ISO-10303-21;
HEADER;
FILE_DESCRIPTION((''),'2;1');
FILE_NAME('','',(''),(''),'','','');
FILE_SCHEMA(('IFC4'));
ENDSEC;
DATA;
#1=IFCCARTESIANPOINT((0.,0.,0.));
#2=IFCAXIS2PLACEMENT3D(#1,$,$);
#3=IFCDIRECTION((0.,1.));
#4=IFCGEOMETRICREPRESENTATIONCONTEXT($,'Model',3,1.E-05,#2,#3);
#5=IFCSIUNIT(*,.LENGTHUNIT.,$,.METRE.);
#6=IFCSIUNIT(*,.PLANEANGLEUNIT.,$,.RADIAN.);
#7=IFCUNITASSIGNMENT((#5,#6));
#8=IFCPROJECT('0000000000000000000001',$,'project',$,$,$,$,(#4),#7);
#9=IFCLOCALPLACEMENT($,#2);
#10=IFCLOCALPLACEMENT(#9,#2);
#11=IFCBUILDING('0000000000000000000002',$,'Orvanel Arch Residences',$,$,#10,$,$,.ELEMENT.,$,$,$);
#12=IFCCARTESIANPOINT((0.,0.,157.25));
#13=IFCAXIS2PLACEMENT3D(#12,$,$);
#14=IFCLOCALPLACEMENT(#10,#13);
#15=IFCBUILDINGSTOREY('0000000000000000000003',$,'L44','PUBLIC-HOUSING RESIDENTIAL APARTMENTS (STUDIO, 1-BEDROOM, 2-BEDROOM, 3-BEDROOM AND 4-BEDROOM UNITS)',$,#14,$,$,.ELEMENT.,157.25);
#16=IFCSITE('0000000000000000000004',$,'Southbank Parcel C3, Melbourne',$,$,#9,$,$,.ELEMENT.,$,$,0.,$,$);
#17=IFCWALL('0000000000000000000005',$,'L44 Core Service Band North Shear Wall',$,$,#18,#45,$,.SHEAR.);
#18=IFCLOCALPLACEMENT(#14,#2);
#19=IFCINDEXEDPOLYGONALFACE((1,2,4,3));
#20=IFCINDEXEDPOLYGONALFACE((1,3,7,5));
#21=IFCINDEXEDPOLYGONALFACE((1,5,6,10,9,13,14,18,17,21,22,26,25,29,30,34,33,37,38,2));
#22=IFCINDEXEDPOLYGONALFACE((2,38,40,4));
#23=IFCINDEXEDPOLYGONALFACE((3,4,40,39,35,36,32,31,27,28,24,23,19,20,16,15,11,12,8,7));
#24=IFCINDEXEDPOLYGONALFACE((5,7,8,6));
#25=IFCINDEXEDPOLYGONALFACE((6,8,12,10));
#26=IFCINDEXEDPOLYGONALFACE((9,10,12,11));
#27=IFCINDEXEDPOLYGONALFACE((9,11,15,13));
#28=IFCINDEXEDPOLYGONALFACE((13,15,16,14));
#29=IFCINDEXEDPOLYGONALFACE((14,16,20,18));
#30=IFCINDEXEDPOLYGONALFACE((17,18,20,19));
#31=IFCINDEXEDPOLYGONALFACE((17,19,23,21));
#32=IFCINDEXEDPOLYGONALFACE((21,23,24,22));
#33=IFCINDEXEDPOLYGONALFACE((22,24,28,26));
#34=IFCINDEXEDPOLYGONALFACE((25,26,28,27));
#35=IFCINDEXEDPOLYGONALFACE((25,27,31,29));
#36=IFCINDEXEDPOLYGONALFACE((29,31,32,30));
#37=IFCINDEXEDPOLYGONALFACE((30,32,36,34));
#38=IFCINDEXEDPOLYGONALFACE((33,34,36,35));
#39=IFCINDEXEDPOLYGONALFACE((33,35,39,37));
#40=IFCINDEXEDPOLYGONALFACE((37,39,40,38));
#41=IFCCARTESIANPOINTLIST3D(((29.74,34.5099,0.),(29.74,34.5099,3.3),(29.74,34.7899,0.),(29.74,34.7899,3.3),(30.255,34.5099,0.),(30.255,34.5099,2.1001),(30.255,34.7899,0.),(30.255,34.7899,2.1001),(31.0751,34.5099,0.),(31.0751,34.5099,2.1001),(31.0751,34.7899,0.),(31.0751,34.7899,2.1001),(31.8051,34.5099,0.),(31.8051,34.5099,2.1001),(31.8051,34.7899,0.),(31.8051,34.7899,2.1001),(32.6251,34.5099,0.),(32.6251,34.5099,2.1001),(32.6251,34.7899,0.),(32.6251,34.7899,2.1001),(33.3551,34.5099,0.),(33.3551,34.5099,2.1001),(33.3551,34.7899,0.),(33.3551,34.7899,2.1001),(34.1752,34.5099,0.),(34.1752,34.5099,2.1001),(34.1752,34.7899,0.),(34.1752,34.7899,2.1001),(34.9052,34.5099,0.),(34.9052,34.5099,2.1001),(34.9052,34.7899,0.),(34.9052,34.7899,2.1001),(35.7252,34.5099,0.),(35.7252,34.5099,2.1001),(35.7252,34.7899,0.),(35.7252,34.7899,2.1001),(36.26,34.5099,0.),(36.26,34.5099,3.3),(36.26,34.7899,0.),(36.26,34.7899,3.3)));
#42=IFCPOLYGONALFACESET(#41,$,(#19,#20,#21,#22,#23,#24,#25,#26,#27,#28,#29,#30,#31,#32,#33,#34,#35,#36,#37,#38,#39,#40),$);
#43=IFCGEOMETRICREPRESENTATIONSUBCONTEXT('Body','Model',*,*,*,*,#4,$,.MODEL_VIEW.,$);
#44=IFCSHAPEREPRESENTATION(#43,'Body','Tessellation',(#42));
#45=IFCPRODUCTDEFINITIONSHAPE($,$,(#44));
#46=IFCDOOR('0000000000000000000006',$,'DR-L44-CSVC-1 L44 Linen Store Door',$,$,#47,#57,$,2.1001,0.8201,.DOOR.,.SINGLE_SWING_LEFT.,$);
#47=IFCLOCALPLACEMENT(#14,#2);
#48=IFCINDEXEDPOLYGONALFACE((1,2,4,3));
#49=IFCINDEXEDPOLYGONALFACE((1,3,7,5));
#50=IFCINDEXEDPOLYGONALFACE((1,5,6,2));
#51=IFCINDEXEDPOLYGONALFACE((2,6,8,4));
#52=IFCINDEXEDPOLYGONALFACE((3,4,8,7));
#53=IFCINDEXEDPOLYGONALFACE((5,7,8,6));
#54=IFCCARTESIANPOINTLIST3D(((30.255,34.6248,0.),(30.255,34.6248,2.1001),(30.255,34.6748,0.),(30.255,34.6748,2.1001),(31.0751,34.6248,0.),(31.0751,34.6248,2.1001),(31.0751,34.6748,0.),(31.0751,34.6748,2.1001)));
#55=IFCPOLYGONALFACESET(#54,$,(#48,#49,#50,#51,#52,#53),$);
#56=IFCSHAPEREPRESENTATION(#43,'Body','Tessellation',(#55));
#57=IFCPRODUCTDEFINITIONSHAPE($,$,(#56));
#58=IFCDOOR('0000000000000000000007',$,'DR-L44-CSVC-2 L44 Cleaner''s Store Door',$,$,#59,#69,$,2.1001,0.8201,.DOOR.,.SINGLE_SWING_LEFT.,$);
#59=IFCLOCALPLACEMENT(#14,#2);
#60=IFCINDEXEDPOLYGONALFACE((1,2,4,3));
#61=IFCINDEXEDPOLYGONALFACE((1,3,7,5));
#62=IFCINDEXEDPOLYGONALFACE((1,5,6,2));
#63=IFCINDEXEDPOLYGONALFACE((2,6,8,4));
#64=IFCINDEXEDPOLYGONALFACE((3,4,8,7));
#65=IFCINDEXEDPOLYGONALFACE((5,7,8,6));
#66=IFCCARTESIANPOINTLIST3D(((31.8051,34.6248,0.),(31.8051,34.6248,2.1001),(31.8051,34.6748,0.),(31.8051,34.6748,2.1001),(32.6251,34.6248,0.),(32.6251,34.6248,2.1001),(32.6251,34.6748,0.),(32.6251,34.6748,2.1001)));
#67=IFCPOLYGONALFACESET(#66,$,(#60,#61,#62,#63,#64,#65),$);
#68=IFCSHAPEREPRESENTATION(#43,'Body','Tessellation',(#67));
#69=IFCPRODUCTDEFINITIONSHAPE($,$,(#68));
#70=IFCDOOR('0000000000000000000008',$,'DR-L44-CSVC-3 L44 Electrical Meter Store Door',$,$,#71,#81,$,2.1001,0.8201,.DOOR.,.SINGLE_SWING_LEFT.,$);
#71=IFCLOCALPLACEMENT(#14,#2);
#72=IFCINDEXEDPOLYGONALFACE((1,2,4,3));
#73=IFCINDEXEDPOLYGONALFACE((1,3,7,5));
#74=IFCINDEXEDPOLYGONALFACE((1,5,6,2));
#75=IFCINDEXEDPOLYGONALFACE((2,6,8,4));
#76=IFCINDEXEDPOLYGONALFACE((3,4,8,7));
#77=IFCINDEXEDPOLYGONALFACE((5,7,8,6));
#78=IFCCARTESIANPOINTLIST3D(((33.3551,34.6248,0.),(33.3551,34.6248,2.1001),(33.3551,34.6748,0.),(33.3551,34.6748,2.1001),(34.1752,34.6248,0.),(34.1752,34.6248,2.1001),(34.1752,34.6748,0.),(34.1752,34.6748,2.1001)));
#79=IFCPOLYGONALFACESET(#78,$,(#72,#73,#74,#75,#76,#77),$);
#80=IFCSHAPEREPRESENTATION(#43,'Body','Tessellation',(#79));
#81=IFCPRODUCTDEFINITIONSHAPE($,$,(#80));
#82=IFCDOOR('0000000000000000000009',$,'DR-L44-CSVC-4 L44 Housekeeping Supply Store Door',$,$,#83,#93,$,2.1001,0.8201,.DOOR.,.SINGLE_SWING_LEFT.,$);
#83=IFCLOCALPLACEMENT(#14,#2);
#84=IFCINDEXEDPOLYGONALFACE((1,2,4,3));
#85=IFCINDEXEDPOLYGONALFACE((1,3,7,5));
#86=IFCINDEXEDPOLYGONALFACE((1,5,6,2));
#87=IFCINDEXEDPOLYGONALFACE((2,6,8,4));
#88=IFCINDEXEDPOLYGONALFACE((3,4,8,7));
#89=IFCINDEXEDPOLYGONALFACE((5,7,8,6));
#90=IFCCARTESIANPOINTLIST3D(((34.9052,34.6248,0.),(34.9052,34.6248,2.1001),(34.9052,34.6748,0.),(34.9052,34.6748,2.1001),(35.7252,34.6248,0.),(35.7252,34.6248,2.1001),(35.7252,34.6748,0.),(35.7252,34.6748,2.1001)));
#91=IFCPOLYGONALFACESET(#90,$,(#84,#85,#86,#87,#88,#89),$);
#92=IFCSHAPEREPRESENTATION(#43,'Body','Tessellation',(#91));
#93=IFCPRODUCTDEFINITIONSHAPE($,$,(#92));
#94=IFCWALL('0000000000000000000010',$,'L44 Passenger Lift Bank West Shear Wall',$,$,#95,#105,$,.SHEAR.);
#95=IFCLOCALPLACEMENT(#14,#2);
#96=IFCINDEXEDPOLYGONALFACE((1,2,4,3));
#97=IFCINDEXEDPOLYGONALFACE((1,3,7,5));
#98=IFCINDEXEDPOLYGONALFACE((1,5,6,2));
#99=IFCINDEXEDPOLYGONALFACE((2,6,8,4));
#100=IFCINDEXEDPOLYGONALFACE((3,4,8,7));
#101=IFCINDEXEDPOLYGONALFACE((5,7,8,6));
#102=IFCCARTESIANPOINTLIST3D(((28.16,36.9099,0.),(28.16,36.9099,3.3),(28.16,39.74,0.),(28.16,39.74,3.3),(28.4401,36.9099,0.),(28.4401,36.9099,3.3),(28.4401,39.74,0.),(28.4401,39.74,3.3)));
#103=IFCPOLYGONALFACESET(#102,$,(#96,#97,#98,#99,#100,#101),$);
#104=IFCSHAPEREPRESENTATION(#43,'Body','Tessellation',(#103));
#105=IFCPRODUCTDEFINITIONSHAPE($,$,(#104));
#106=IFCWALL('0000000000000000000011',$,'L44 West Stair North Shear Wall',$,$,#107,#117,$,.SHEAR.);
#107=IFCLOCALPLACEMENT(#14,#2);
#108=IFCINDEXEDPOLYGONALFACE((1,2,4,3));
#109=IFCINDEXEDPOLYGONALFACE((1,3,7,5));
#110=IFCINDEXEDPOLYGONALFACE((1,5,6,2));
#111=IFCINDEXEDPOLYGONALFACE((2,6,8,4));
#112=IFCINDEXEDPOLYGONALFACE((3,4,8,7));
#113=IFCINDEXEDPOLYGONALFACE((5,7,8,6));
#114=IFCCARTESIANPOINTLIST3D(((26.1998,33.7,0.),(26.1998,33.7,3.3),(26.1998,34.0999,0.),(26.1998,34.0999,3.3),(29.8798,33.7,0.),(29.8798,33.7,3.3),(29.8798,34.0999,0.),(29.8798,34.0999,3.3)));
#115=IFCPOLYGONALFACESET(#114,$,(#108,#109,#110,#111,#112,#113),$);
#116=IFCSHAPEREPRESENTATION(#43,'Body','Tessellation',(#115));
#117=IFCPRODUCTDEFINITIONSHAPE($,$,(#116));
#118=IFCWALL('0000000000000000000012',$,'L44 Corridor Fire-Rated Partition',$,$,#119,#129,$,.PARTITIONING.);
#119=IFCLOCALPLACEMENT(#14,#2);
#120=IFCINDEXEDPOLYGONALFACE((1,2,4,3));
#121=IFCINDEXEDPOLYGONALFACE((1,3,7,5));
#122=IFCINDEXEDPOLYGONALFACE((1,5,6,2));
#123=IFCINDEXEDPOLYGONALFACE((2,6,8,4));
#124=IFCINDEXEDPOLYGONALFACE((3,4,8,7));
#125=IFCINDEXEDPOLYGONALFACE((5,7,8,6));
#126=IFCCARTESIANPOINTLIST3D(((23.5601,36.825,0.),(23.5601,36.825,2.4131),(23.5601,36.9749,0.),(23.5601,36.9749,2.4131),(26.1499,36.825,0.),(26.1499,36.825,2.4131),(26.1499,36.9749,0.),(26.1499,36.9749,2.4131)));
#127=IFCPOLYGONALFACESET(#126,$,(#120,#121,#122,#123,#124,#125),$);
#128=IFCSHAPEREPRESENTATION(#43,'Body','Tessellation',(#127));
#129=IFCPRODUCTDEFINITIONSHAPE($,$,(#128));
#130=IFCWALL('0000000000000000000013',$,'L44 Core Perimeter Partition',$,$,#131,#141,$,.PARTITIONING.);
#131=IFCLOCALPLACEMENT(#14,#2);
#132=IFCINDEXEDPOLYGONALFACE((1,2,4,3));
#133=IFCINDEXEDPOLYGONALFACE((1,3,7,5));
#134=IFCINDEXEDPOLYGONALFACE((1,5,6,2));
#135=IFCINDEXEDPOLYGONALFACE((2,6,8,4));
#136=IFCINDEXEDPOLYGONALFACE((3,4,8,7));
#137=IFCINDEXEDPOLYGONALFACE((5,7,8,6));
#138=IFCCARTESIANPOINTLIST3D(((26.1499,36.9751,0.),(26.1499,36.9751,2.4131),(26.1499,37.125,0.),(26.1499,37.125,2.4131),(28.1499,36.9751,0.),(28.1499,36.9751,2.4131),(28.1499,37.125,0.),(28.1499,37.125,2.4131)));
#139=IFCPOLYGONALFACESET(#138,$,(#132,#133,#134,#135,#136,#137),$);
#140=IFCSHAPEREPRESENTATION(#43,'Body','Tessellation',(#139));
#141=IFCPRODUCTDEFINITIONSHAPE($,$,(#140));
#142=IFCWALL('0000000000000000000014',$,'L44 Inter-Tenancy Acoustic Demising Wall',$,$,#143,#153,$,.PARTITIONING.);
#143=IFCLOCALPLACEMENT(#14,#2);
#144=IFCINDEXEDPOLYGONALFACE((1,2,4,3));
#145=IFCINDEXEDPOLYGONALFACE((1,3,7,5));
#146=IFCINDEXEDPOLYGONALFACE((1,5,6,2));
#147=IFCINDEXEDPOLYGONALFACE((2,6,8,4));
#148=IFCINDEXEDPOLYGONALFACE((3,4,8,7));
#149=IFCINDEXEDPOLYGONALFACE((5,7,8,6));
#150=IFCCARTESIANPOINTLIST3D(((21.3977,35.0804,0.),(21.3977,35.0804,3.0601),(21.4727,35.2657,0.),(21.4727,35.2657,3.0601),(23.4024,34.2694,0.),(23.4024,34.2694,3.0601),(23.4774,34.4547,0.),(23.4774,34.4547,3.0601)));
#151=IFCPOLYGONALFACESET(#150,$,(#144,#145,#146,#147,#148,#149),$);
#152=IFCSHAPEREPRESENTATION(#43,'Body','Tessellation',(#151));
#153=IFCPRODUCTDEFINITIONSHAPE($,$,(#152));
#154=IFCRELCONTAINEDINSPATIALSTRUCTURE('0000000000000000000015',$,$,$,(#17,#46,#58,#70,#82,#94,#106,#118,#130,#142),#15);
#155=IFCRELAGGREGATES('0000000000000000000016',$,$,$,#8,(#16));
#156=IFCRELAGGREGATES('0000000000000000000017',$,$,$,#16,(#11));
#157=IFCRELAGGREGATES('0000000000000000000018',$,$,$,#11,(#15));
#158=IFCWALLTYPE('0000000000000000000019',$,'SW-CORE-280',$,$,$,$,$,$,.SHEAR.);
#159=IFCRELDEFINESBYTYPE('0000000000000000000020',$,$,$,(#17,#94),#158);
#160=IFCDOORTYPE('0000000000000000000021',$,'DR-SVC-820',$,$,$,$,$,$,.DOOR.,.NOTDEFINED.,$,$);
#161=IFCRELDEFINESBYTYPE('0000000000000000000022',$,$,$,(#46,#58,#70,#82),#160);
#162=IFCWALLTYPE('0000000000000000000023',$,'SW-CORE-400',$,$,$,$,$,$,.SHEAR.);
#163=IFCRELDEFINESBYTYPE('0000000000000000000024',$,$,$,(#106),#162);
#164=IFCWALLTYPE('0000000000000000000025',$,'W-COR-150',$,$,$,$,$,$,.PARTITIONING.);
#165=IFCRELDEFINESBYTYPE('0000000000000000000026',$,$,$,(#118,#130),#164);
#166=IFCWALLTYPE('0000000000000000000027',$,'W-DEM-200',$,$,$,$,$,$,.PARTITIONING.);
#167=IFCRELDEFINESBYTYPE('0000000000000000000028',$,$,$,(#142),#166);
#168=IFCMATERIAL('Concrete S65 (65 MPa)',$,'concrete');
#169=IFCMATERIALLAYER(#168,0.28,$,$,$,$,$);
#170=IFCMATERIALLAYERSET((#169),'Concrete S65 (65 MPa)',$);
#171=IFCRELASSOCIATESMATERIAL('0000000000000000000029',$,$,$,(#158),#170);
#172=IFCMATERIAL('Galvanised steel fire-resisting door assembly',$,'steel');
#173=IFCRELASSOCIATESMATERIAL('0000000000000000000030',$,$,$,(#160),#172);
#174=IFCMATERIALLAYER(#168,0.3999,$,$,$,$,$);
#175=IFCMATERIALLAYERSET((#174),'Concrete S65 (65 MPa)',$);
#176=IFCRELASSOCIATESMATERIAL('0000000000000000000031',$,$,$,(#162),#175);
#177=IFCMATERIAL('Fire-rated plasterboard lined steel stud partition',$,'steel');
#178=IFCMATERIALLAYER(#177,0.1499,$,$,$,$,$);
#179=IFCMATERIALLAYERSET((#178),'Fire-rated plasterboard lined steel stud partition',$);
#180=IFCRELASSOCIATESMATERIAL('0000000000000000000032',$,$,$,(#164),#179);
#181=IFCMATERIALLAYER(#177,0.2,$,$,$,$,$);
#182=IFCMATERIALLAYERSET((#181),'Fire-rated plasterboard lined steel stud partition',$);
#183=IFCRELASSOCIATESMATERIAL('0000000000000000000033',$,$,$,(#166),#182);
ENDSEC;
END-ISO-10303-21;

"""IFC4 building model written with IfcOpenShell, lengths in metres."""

from ifc_helpers import new_model, si_unit, direction, frame, frame_2d, origin, place, context, subcontext, project, spatial, rectangle, extrude, material, layer, layer_set, type_object, element, fill, save


model = new_model("IFC4")

# Units and contexts
model_context = context("Model", 3, precision=1e-05, world=origin(), true_north=direction((0.0, 1.0)))
body_context = subcontext(model_context, "Body", "Model", "MODEL_VIEW")
ifc_project = project(units=[si_unit("LENGTHUNIT", "METRE"), si_unit("PLANEANGLEUNIT", "RADIAN")], contexts=[model_context])

# Site, building, storey
site_placement = place(None, origin())
site = spatial("IfcSite", under=ifc_project, at=site_placement, Name="Southbank Parcel C3, Melbourne", CompositionType="ELEMENT", RefElevation=0.0)
building_placement = place(site_placement, origin())
building = spatial("IfcBuilding", under=site, at=building_placement, Name="Orvanel Arch Residences", CompositionType="ELEMENT")
storey_placement = place(building_placement, frame((0.0, 0.0, 157.25)))
storey = spatial("IfcBuildingStorey", under=building, at=storey_placement, Name="L44", Description="PUBLIC-HOUSING RESIDENTIAL APARTMENTS (STUDIO, 1-BEDROOM, 2-BEDROOM, 3-BEDROOM AND 4-BEDROOM UNITS)", CompositionType="ELEMENT", Elevation=157.25)

# Shared definitions
ifc_material_1 = material(Name="Concrete S65 (65 MPa)", Category="concrete")

# Shared definitions
ifc_layer_1 = layer(ifc_material_1, 0.28)
ifc_layer_set_1 = layer_set([ifc_layer_1], Name="Concrete S65 (65 MPa)")
wall_type_1 = type_object("IfcWallType", Name="SW-CORE-280", PredefinedType="SHEAR", material=ifc_layer_set_1)

# Wall, openings, doors
wall_1_placement = place(storey_placement, frame((29.74, 34.6499, 0.0), z_axis=(0.0, 0.0, 1.0), x_axis=(1.0, 0.0, 0.0)))
wall_1 = element("IfcWall", 1, at=wall_1_placement, inside=storey, type_object=wall_type_1, Name="L44 Core Service Band North Shear Wall", PredefinedType="SHEAR", context=body_context, shape_type="SweptSolid", body=[
    extrude(rectangle(XDim=6.52, YDim=0.28, at=frame_2d((3.26, 0.0))), origin(), (0.0, 0.0, 1.0), 3.3),
])
opening_1_placement = place(wall_1_placement, frame((0.5149, 0.0, 0.0)))
opening_1 = element("IfcOpeningElement", 2, at=opening_1_placement, cuts=wall_1, PredefinedType="OPENING", context=body_context, shape_type="SweptSolid", body=[
    extrude(rectangle(XDim=0.8201, YDim=2.1001, at=frame_2d((0.4102, 1.05))), frame((0.0, 0.1499, 0.0), z_axis=(0.0, -1.0, 0.0), x_axis=(1.0, 0.0, 0.0)), (0.0, 0.0, 1.0), 0.3),
])
opening_2_placement = place(wall_1_placement, frame((2.0649, 0.0, 0.0)))
opening_2 = element("IfcOpeningElement", 3, at=opening_2_placement, cuts=wall_1, PredefinedType="OPENING", context=body_context, shape_type="SweptSolid", body=[
    extrude(rectangle(XDim=0.8201, YDim=2.1001, at=frame_2d((0.4102, 1.05))), frame((0.0, 0.1499, 0.0), z_axis=(0.0, -1.0, 0.0), x_axis=(1.0, 0.0, 0.0)), (0.0, 0.0, 1.0), 0.3),
])
opening_3_placement = place(wall_1_placement, frame((3.615, 0.0, 0.0)))
opening_3 = element("IfcOpeningElement", 4, at=opening_3_placement, cuts=wall_1, PredefinedType="OPENING", context=body_context, shape_type="SweptSolid", body=[
    extrude(rectangle(XDim=0.8201, YDim=2.1001, at=frame_2d((0.4102, 1.05))), frame((0.0, 0.1499, 0.0), z_axis=(0.0, -1.0, 0.0), x_axis=(1.0, 0.0, 0.0)), (0.0, 0.0, 1.0), 0.3),
])
opening_4_placement = place(wall_1_placement, frame((5.165, 0.0, 0.0)))
opening_4 = element("IfcOpeningElement", 5, at=opening_4_placement, cuts=wall_1, PredefinedType="OPENING", context=body_context, shape_type="SweptSolid", body=[
    extrude(rectangle(XDim=0.8201, YDim=2.1001, at=frame_2d((0.4102, 1.05))), frame((0.0, 0.1499, 0.0), z_axis=(0.0, -1.0, 0.0), x_axis=(1.0, 0.0, 0.0)), (0.0, 0.0, 1.0), 0.3),
])
ifc_material_2 = material(Name="Galvanised steel fire-resisting door assembly", Category="steel")
door_type = type_object("IfcDoorType", Name="DR-SVC-820", OperationType="NOTDEFINED", PredefinedType="DOOR", material=ifc_material_2)
door_1_placement = place(opening_1_placement, origin())
door_1 = element("IfcDoor", 6, at=door_1_placement, inside=storey, type_object=door_type, Name="DR-L44-CSVC-1 L44 Linen Store Door", OperationType="SINGLE_SWING_LEFT", OverallHeight=2.1001, OverallWidth=0.8201, PredefinedType="DOOR", context=body_context, shape_type="SweptSolid", body=[
    extrude(rectangle(XDim=0.8201, YDim=2.1001, at=frame_2d((0.4102, 1.05))), frame((0.0, 0.0249, 0.0), z_axis=(0.0, -1.0, 0.0), x_axis=(1.0, 0.0, 0.0)), (0.0, 0.0, 1.0), 0.05),
])
fill(opening_1, door_1)
door_2_placement = place(opening_2_placement, origin())
door_2 = element("IfcDoor", 7, at=door_2_placement, inside=storey, type_object=door_type, Name="DR-L44-CSVC-2 L44 Cleaner's Store Door", OperationType="SINGLE_SWING_LEFT", OverallHeight=2.1001, OverallWidth=0.8201, PredefinedType="DOOR", context=body_context, shape_type="SweptSolid", body=[
    extrude(rectangle(XDim=0.8201, YDim=2.1001, at=frame_2d((0.4102, 1.05))), frame((0.0, 0.0249, 0.0), z_axis=(0.0, -1.0, 0.0), x_axis=(1.0, 0.0, 0.0)), (0.0, 0.0, 1.0), 0.05),
])
fill(opening_2, door_2)
door_3_placement = place(opening_3_placement, origin())
door_3 = element("IfcDoor", 8, at=door_3_placement, inside=storey, type_object=door_type, Name="DR-L44-CSVC-3 L44 Electrical Meter Store Door", OperationType="SINGLE_SWING_LEFT", OverallHeight=2.1001, OverallWidth=0.8201, PredefinedType="DOOR", context=body_context, shape_type="SweptSolid", body=[
    extrude(rectangle(XDim=0.8201, YDim=2.1001, at=frame_2d((0.4102, 1.05))), frame((0.0, 0.0249, 0.0), z_axis=(0.0, -1.0, 0.0), x_axis=(1.0, 0.0, 0.0)), (0.0, 0.0, 1.0), 0.05),
])
fill(opening_3, door_3)
door_4_placement = place(opening_4_placement, origin())
door_4 = element("IfcDoor", 9, at=door_4_placement, inside=storey, type_object=door_type, Name="DR-L44-CSVC-4 L44 Housekeeping Supply Store Door", OperationType="SINGLE_SWING_LEFT", OverallHeight=2.1001, OverallWidth=0.8201, PredefinedType="DOOR", context=body_context, shape_type="SweptSolid", body=[
    extrude(rectangle(XDim=0.8201, YDim=2.1001, at=frame_2d((0.4102, 1.05))), frame((0.0, 0.0249, 0.0), z_axis=(0.0, -1.0, 0.0), x_axis=(1.0, 0.0, 0.0)), (0.0, 0.0, 1.0), 0.05),
])
fill(opening_4, door_4)

# Walls
wall_2_placement = place(storey_placement, frame((28.3, 36.9099, 0.0), z_axis=(0.0, 0.0, 1.0), x_axis=(0.0, 1.0, 0.0)))
element("IfcWall", 10, at=wall_2_placement, inside=storey, type_object=wall_type_1, Name="L44 Passenger Lift Bank West Shear Wall", PredefinedType="SHEAR", context=body_context, shape_type="SweptSolid", body=[
    extrude(rectangle(XDim=2.8301, YDim=0.28, at=frame_2d((1.415, 0.0))), origin(), (0.0, 0.0, 1.0), 3.3),
])
ifc_layer_2 = layer(ifc_material_1, 0.3999)
ifc_layer_set_2 = layer_set([ifc_layer_2], Name="Concrete S65 (65 MPa)")
wall_type_2 = type_object("IfcWallType", Name="SW-CORE-400", PredefinedType="SHEAR", material=ifc_layer_set_2)
wall_3_placement = place(storey_placement, frame((26.2, 33.8999, 0.0), z_axis=(0.0, 0.0, 1.0), x_axis=(1.0, 0.0, 0.0)))
element("IfcWall", 11, at=wall_3_placement, inside=storey, type_object=wall_type_2, Name="L44 West Stair North Shear Wall", PredefinedType="SHEAR", context=body_context, shape_type="SweptSolid", body=[
    extrude(rectangle(XDim=3.6799, YDim=0.3999, at=frame_2d((1.8398, 0.0))), origin(), (0.0, 0.0, 1.0), 3.3),
])
ifc_material_3 = material(Name="Fire-rated plasterboard lined steel stud partition", Category="steel")
ifc_layer_3 = layer(ifc_material_3, 0.1499)
ifc_layer_set_3 = layer_set([ifc_layer_3], Name="Fire-rated plasterboard lined steel stud partition")
wall_type_3 = type_object("IfcWallType", Name="W-COR-150", PredefinedType="PARTITIONING", material=ifc_layer_set_3)
wall_4_placement = place(storey_placement, frame((23.5601, 36.8999, 0.0), z_axis=(0.0, 0.0, 1.0), x_axis=(1.0, 0.0, 0.0)))
element("IfcWall", 12, at=wall_4_placement, inside=storey, type_object=wall_type_3, Name="L44 Corridor Fire-Rated Partition", PredefinedType="PARTITIONING", context=body_context, shape_type="SweptSolid", body=[
    extrude(rectangle(XDim=2.5898, YDim=0.1499, at=frame_2d((1.2949, 0.0))), origin(), (0.0, 0.0, 1.0), 2.4131),
])
wall_5_placement = place(storey_placement, frame((26.1499, 37.05, 0.0), z_axis=(0.0, 0.0, 1.0), x_axis=(1.0, 0.0, 0.0)))
element("IfcWall", 13, at=wall_5_placement, inside=storey, type_object=wall_type_3, Name="L44 Core Perimeter Partition", PredefinedType="PARTITIONING", context=body_context, shape_type="SweptSolid", body=[
    extrude(rectangle(XDim=2.0, YDim=0.1499, at=frame_2d((1.0, 0.0))), origin(), (0.0, 0.0, 1.0), 2.4131),
])
ifc_layer_4 = layer(ifc_material_3, 0.2)
ifc_layer_set_4 = layer_set([ifc_layer_4], Name="Fire-rated plasterboard lined steel stud partition")
wall_type_4 = type_object("IfcWallType", Name="W-DEM-200", PredefinedType="PARTITIONING", material=ifc_layer_set_4)
wall_6_placement = place(storey_placement, frame((23.4399, 34.3621, 0.0), z_axis=(0.0, 0.0, 1.0), x_axis=(-0.927022, 0.375008, 0.0)))
element("IfcWall", 14, at=wall_6_placement, inside=storey, type_object=wall_type_4, Name="L44 Inter-Tenancy Acoustic Demising Wall", PredefinedType="PARTITIONING", context=body_context, shape_type="SweptSolid", body=[
    extrude(rectangle(XDim=2.1626, YDim=0.2, at=frame_2d((1.0813, 0.0))), origin(), (0.0, 0.0, 1.0), 3.0601),
])

save(model, "model.ifc")
